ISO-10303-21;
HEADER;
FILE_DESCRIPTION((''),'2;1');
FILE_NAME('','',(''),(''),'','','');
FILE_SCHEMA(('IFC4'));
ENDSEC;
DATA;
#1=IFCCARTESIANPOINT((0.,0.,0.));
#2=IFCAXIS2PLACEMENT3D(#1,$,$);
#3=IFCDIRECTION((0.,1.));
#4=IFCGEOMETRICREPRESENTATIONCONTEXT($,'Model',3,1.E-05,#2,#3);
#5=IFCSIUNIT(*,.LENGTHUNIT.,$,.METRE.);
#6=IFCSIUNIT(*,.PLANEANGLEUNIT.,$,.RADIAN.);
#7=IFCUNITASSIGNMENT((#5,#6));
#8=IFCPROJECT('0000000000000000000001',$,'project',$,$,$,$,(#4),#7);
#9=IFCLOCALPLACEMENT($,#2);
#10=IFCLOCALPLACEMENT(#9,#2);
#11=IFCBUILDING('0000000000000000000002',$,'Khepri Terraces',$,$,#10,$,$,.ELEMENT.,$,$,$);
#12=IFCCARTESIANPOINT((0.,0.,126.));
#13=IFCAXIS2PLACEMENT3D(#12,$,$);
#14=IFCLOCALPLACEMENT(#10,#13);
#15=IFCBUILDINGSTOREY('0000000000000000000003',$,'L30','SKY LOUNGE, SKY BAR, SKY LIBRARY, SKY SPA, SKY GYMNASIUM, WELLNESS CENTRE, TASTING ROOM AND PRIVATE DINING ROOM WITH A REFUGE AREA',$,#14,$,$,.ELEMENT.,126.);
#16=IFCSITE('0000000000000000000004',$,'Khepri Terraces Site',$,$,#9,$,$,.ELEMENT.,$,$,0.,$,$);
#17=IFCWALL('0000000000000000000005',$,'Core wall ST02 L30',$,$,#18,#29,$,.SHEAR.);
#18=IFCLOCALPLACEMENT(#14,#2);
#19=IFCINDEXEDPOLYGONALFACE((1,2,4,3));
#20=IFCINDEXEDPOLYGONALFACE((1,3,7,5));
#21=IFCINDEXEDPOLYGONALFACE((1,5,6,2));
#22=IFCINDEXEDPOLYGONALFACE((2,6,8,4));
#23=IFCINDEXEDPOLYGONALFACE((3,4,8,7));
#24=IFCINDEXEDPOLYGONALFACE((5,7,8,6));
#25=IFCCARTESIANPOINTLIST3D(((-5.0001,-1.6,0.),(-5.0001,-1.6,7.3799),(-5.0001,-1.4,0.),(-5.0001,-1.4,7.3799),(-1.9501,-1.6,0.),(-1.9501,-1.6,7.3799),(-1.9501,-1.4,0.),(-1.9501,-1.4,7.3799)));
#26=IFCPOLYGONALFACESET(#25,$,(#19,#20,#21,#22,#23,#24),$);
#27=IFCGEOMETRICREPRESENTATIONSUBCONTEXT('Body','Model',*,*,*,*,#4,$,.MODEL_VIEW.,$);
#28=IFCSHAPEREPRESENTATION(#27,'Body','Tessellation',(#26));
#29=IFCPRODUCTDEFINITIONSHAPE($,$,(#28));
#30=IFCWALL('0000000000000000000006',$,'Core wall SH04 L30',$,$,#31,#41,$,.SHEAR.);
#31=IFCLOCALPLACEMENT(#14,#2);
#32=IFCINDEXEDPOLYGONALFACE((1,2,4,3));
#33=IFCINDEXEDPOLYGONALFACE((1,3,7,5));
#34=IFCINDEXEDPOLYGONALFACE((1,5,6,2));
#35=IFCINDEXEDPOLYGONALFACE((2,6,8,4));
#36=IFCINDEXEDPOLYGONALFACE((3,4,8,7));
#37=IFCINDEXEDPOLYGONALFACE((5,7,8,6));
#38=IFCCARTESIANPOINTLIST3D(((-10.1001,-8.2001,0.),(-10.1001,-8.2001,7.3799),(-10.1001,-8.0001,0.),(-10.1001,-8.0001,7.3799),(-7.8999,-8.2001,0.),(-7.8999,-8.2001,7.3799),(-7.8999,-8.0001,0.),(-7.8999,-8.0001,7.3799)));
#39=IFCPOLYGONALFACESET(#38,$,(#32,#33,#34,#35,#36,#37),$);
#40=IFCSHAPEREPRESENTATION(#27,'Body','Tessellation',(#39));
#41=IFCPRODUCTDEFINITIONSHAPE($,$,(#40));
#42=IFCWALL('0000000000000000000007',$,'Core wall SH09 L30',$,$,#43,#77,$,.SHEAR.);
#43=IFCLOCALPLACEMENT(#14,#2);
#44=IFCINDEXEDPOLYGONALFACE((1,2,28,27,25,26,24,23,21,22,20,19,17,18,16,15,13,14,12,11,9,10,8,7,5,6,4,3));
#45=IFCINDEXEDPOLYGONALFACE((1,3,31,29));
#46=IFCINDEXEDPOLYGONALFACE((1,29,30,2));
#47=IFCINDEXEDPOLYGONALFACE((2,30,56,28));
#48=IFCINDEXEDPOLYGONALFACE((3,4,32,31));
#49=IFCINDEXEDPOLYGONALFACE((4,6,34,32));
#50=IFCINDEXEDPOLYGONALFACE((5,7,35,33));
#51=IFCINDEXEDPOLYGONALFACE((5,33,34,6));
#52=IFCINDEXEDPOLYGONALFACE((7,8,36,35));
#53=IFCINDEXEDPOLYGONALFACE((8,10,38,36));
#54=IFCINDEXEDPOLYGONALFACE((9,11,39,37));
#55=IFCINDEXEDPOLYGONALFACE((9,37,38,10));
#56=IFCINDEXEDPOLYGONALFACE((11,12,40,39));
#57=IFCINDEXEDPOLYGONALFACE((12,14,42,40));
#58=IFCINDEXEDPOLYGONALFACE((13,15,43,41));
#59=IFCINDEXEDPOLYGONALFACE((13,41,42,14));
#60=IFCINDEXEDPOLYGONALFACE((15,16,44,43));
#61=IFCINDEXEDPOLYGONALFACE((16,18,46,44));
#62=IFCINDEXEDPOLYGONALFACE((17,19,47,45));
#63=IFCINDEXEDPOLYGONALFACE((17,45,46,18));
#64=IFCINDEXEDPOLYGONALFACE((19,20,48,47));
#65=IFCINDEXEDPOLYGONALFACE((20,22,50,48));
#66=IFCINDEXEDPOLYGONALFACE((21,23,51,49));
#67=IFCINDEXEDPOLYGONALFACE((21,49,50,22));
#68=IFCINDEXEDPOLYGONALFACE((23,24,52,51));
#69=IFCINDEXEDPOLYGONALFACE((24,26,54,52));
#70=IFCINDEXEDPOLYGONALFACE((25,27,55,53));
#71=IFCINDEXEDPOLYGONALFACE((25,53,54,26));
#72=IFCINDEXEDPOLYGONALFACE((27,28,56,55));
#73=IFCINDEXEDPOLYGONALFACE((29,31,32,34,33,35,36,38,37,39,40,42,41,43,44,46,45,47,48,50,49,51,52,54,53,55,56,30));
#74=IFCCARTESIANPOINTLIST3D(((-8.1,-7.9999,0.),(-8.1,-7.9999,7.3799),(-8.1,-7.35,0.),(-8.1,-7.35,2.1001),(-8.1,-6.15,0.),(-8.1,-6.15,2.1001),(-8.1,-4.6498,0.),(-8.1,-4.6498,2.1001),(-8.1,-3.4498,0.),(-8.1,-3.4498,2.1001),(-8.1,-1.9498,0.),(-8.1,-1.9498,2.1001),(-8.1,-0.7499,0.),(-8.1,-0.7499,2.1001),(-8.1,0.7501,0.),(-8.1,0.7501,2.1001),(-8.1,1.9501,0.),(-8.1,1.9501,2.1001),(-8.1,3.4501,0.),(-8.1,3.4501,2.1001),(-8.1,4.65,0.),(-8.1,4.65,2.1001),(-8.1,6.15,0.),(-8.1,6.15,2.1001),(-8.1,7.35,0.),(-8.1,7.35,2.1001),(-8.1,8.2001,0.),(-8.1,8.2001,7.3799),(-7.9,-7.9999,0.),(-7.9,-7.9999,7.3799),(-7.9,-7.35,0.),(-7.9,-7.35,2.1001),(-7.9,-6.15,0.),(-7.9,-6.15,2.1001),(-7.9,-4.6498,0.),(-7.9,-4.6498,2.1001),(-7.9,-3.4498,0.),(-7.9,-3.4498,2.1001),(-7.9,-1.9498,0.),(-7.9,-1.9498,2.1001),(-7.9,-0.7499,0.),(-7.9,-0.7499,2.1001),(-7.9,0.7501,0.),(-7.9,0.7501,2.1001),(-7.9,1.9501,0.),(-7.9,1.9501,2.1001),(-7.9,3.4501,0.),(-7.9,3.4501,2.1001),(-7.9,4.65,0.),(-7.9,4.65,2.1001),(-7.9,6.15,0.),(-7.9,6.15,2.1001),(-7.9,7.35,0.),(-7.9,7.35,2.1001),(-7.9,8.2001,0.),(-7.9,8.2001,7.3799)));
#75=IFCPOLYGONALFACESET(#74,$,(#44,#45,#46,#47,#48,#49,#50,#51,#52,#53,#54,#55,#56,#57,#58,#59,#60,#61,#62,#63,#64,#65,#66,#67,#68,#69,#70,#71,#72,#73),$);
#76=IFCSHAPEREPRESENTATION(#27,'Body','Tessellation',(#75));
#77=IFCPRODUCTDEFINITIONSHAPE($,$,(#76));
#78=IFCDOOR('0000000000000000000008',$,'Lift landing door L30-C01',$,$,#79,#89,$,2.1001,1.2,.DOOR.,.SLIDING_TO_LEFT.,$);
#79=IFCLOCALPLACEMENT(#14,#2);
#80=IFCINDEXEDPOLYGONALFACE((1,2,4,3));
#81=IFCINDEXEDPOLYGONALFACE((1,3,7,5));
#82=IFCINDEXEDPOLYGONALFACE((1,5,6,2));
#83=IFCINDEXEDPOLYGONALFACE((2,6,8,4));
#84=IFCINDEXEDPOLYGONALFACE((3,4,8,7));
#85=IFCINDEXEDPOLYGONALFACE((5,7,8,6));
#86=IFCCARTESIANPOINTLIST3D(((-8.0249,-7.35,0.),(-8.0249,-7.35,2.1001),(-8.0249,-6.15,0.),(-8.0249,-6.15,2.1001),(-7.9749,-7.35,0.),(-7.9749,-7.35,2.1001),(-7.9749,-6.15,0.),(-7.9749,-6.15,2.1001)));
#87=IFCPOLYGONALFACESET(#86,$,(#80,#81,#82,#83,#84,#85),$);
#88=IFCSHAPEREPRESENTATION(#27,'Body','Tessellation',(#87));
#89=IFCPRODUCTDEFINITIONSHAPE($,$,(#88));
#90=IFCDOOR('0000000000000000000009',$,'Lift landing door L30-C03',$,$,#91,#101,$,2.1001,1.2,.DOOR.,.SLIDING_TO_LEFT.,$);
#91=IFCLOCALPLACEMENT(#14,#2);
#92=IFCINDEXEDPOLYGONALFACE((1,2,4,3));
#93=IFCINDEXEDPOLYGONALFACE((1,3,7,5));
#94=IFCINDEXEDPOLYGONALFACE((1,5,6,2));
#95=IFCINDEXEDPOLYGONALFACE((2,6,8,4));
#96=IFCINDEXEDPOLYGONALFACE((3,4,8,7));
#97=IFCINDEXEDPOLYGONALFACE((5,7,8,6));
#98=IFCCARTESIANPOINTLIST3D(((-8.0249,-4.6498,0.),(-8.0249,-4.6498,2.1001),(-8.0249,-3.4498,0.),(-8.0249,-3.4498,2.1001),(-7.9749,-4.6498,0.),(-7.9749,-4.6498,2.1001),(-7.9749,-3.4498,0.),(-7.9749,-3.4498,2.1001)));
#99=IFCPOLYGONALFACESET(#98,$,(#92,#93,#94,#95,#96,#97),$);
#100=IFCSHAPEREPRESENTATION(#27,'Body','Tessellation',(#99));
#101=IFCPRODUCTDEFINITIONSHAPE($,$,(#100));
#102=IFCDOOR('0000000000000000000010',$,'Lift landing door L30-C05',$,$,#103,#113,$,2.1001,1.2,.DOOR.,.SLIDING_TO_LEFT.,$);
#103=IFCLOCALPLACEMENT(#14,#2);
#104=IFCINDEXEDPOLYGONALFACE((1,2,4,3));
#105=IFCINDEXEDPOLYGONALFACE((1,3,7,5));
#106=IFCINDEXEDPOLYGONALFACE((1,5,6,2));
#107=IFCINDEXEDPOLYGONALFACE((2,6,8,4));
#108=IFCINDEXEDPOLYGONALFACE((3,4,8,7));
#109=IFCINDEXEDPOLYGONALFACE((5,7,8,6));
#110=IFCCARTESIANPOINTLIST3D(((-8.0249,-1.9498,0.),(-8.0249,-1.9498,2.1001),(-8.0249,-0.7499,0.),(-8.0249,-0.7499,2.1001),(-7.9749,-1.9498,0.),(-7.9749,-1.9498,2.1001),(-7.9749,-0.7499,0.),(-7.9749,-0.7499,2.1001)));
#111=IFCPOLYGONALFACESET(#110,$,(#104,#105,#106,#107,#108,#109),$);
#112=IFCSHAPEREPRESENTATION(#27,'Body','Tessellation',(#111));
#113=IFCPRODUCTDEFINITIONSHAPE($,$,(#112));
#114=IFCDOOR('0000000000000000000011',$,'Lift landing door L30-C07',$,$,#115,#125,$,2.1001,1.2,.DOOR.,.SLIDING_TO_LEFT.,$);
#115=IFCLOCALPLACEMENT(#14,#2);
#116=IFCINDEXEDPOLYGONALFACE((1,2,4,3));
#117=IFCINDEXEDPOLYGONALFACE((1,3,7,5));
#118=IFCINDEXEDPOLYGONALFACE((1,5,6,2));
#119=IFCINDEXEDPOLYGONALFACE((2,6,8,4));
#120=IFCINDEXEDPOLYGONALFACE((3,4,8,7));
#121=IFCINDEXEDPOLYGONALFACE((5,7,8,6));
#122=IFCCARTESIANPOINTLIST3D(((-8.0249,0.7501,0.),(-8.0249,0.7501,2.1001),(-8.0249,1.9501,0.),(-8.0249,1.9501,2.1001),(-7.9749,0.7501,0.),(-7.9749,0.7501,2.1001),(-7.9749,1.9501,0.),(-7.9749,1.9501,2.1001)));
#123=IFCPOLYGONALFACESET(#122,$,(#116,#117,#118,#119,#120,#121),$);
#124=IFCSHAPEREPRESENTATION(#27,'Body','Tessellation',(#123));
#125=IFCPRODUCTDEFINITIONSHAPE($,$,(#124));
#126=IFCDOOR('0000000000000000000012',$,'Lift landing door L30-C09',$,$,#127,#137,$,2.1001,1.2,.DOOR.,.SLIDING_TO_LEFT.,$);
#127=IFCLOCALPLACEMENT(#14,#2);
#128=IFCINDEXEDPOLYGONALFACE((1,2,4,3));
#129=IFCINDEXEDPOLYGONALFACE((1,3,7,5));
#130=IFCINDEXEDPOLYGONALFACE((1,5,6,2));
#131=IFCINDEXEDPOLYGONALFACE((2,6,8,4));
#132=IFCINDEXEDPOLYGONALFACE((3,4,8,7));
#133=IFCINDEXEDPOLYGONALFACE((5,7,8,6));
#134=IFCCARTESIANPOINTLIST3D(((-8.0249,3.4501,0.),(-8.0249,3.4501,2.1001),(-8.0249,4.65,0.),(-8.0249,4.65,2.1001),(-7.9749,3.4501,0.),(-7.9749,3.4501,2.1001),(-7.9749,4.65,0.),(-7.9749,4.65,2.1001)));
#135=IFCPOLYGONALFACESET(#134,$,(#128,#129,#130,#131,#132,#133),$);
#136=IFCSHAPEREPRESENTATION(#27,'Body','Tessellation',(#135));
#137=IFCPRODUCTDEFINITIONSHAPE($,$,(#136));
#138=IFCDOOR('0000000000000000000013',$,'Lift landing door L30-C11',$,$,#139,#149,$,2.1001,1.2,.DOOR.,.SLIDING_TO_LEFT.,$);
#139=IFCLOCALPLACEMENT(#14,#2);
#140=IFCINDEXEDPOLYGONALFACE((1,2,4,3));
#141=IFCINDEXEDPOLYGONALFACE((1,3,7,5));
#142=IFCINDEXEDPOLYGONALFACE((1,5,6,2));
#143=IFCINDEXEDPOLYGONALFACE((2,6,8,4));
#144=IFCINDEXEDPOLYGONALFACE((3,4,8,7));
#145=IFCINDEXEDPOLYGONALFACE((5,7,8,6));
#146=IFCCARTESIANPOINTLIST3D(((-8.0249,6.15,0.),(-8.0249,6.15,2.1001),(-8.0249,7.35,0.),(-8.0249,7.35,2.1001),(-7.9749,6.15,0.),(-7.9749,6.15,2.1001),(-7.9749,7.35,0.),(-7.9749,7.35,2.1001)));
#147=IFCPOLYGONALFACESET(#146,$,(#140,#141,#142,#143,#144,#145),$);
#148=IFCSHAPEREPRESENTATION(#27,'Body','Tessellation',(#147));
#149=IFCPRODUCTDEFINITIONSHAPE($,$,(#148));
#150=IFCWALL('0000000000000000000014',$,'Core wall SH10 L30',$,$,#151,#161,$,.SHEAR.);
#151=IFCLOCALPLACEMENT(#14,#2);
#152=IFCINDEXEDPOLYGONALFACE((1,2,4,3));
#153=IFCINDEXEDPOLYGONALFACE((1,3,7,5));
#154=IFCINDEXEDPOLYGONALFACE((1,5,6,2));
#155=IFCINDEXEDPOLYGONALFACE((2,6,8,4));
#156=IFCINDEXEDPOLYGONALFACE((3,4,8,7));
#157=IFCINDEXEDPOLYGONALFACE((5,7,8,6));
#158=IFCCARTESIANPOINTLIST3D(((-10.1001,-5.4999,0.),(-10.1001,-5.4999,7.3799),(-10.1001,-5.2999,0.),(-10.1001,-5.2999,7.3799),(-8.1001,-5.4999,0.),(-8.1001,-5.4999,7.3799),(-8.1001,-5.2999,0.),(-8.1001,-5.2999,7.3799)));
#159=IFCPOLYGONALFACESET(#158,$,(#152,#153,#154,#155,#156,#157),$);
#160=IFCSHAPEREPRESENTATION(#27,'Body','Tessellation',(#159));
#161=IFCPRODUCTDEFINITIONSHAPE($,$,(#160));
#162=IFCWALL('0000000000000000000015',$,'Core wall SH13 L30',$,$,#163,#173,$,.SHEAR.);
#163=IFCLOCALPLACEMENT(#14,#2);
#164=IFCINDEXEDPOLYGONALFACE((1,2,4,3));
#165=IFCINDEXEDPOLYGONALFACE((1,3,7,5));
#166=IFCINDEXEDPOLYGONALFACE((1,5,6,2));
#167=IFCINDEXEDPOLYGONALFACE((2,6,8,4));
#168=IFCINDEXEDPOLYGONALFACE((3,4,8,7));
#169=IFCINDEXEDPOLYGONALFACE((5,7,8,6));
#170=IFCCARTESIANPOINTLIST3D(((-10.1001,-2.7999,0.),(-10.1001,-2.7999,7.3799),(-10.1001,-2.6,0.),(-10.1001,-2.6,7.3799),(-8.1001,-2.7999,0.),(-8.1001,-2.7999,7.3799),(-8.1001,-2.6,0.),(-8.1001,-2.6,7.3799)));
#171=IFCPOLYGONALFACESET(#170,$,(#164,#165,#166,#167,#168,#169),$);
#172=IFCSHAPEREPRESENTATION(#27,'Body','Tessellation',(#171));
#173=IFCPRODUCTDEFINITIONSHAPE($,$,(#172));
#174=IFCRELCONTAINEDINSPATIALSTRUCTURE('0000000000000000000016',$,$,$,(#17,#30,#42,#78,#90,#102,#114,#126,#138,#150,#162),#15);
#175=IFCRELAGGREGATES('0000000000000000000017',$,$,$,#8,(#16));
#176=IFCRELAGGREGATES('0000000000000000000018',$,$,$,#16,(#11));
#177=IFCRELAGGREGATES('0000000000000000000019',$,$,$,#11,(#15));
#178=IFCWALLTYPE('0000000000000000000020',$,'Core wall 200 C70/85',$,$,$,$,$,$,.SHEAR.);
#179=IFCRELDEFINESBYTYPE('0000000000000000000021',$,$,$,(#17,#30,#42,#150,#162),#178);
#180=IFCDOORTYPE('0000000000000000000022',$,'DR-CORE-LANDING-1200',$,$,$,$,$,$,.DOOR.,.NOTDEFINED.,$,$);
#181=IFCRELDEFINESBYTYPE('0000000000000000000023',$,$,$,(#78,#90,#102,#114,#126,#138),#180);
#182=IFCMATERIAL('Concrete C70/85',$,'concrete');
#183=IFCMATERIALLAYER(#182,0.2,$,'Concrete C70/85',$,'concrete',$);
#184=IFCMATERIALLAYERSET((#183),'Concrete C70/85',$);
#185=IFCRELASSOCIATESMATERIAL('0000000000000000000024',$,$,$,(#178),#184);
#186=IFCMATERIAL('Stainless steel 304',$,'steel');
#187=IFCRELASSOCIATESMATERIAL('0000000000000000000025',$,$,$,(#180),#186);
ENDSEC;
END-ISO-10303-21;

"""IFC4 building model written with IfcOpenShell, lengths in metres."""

from ifc_helpers import new_model, si_unit, direction, frame, frame_2d, origin, place, context, subcontext, project, spatial, rectangle, extrude, material, layer, layer_set, type_object, element, fill, save


model = new_model("IFC4")

# Units and contexts
model_context = context("Model", 3, precision=1e-05, world=origin(), true_north=direction((0.0, 1.0)))
body_context = subcontext(model_context, "Body", "Model", "MODEL_VIEW")
ifc_project = project(units=[si_unit("LENGTHUNIT", "METRE"), si_unit("PLANEANGLEUNIT", "RADIAN")], contexts=[model_context])

# Site, building, storey
site_placement = place(None, origin())
site = spatial("IfcSite", under=ifc_project, at=site_placement, Name="Khepri Terraces Site", CompositionType="ELEMENT", RefElevation=0.0)
building_placement = place(site_placement, origin())
building = spatial("IfcBuilding", under=site, at=building_placement, Name="Khepri Terraces", CompositionType="ELEMENT")
storey_placement = place(building_placement, frame((0.0, 0.0, 126.0)))
storey = spatial("IfcBuildingStorey", under=building, at=storey_placement, Name="L30", Description="SKY LOUNGE, SKY BAR, SKY LIBRARY, SKY SPA, SKY GYMNASIUM, WELLNESS CENTRE, TASTING ROOM AND PRIVATE DINING ROOM WITH A REFUGE AREA", CompositionType="ELEMENT", Elevation=126.0)

# Walls
ifc_material_1 = material(Name="Concrete C70/85", Category="concrete")
ifc_layer_1 = layer(ifc_material_1, 0.2, Name="Concrete C70/85", Category="concrete")
ifc_layer_set_1 = layer_set([ifc_layer_1], Name="Concrete C70/85")
wall_type_1 = type_object("IfcWallType", Name="Core wall 200 C70/85", PredefinedType="SHEAR", material=ifc_layer_set_1)
wall_1_placement = place(storey_placement, frame((-5.0, -1.5, 0.0), z_axis=(0.0, 0.0, 1.0), x_axis=(1.0, 0.0, 0.0)))
element("IfcWall", 1, at=wall_1_placement, inside=storey, type_object=wall_type_1, Name="Core wall ST02 L30", PredefinedType="SHEAR", context=body_context, shape_type="SweptSolid", body=[
    extrude(rectangle(XDim=3.05, YDim=0.2, at=frame_2d((1.5249, 0.0))), origin(), (0.0, 0.0, 1.0), 7.3799),
])
wall_2_placement = place(storey_placement, frame((-10.1001, -8.1001, 0.0), z_axis=(0.0, 0.0, 1.0), x_axis=(1.0, 0.0, 0.0)))
element("IfcWall", 2, at=wall_2_placement, inside=storey, type_object=wall_type_1, Name="Core wall SH04 L30", PredefinedType="SHEAR", context=body_context, shape_type="SweptSolid", body=[
    extrude(rectangle(XDim=2.2002, YDim=0.2, at=frame_2d((1.1001, 0.0))), origin(), (0.0, 0.0, 1.0), 7.3799),
])

# Wall, openings, doors
wall_3_placement = place(storey_placement, frame((-8.0, -8.0, 0.0), z_axis=(0.0, 0.0, 1.0), x_axis=(0.0, 1.0, 0.0)))
wall_3 = element("IfcWall", 3, at=wall_3_placement, inside=storey, type_object=wall_type_1, Name="Core wall SH09 L30", PredefinedType="SHEAR", context=body_context, shape_type="SweptSolid", body=[
    extrude(rectangle(XDim=16.2, YDim=0.2, at=frame_2d((8.1001, 0.0))), origin(), (0.0, 0.0, 1.0), 7.3799),
])
opening_1_placement = place(wall_3_placement, frame((0.6499, 0.0, 0.0)))
opening_1 = element("IfcOpeningElement", 4, at=opening_1_placement, cuts=wall_3, PredefinedType="OPENING", context=body_context, shape_type="SweptSolid", body=[
    extrude(rectangle(XDim=1.2, YDim=2.1001, at=frame_2d((0.6001, 1.05))), frame((0.0, 0.1099, 0.0), z_axis=(0.0, -1.0, 0.0), x_axis=(1.0, 0.0, 0.0)), (0.0, 0.0, 1.0), 0.22),
])
opening_2_placement = place(wall_3_placement, frame((3.3501, 0.0, 0.0)))
opening_2 = element("IfcOpeningElement", 5, at=opening_2_placement, cuts=wall_3, PredefinedType="OPENING", context=body_context, shape_type="SweptSolid", body=[
    extrude(rectangle(XDim=1.2, YDim=2.1001, at=frame_2d((0.6001, 1.05))), frame((0.0, 0.1099, 0.0), z_axis=(0.0, -1.0, 0.0), x_axis=(1.0, 0.0, 0.0)), (0.0, 0.0, 1.0), 0.22),
])
opening_3_placement = place(wall_3_placement, frame((6.05, 0.0, 0.0)))
opening_3 = element("IfcOpeningElement", 6, at=opening_3_placement, cuts=wall_3, PredefinedType="OPENING", context=body_context, shape_type="SweptSolid", body=[
    extrude(rectangle(XDim=1.2, YDim=2.1001, at=frame_2d((0.6001, 1.05))), frame((0.0, 0.1099, 0.0), z_axis=(0.0, -1.0, 0.0), x_axis=(1.0, 0.0, 0.0)), (0.0, 0.0, 1.0), 0.22),
])
opening_4_placement = place(wall_3_placement, frame((8.75, 0.0, 0.0)))
opening_4 = element("IfcOpeningElement", 7, at=opening_4_placement, cuts=wall_3, PredefinedType="OPENING", context=body_context, shape_type="SweptSolid", body=[
    extrude(rectangle(XDim=1.2, YDim=2.1001, at=frame_2d((0.6001, 1.05))), frame((0.0, 0.1099, 0.0), z_axis=(0.0, -1.0, 0.0), x_axis=(1.0, 0.0, 0.0)), (0.0, 0.0, 1.0), 0.22),
])
opening_5_placement = place(wall_3_placement, frame((11.45, 0.0, 0.0)))
opening_5 = element("IfcOpeningElement", 8, at=opening_5_placement, cuts=wall_3, PredefinedType="OPENING", context=body_context, shape_type="SweptSolid", body=[
    extrude(rectangle(XDim=1.2, YDim=2.1001, at=frame_2d((0.6001, 1.05))), frame((0.0, 0.1099, 0.0), z_axis=(0.0, -1.0, 0.0), x_axis=(1.0, 0.0, 0.0)), (0.0, 0.0, 1.0), 0.22),
])
opening_6_placement = place(wall_3_placement, frame((14.1499, 0.0, 0.0)))
opening_6 = element("IfcOpeningElement", 9, at=opening_6_placement, cuts=wall_3, PredefinedType="OPENING", context=body_context, shape_type="SweptSolid", body=[
    extrude(rectangle(XDim=1.2, YDim=2.1001, at=frame_2d((0.6001, 1.05))), frame((0.0, 0.1099, 0.0), z_axis=(0.0, -1.0, 0.0), x_axis=(1.0, 0.0, 0.0)), (0.0, 0.0, 1.0), 0.22),
])
ifc_material_2 = material(Name="Stainless steel 304", Category="steel")
door_type_1 = type_object("IfcDoorType", Name="DR-CORE-LANDING-1200", OperationType="NOTDEFINED", PredefinedType="DOOR", material=ifc_material_2)
door_1_placement = place(opening_1_placement, origin())
door_1 = element("IfcDoor", 10, at=door_1_placement, inside=storey, type_object=door_type_1, Name="Lift landing door L30-C01", OperationType="SLIDING_TO_LEFT", OverallHeight=2.1001, OverallWidth=1.2, PredefinedType="DOOR", context=body_context, shape_type="SweptSolid", body=[
    extrude(rectangle(XDim=1.2, YDim=2.1001, at=frame_2d((0.6001, 1.05))), frame((0.0, 0.0249, 0.0), z_axis=(0.0, -1.0, 0.0), x_axis=(1.0, 0.0, 0.0)), (0.0, 0.0, 1.0), 0.05),
])
fill(opening_1, door_1)
door_2_placement = place(opening_2_placement, origin())
door_2 = element("IfcDoor", 11, at=door_2_placement, inside=storey, type_object=door_type_1, Name="Lift landing door L30-C03", OperationType="SLIDING_TO_LEFT", OverallHeight=2.1001, OverallWidth=1.2, PredefinedType="DOOR", context=body_context, shape_type="SweptSolid", body=[
    extrude(rectangle(XDim=1.2, YDim=2.1001, at=frame_2d((0.6001, 1.05))), frame((0.0, 0.0249, 0.0), z_axis=(0.0, -1.0, 0.0), x_axis=(1.0, 0.0, 0.0)), (0.0, 0.0, 1.0), 0.05),
])
fill(opening_2, door_2)
door_3_placement = place(opening_3_placement, origin())
door_3 = element("IfcDoor", 12, at=door_3_placement, inside=storey, type_object=door_type_1, Name="Lift landing door L30-C05", OperationType="SLIDING_TO_LEFT", OverallHeight=2.1001, OverallWidth=1.2, PredefinedType="DOOR", context=body_context, shape_type="SweptSolid", body=[
    extrude(rectangle(XDim=1.2, YDim=2.1001, at=frame_2d((0.6001, 1.05))), frame((0.0, 0.0249, 0.0), z_axis=(0.0, -1.0, 0.0), x_axis=(1.0, 0.0, 0.0)), (0.0, 0.0, 1.0), 0.05),
])
fill(opening_3, door_3)
door_4_placement = place(opening_4_placement, origin())
door_4 = element("IfcDoor", 13, at=door_4_placement, inside=storey, type_object=door_type_1, Name="Lift landing door L30-C07", OperationType="SLIDING_TO_LEFT", OverallHeight=2.1001, OverallWidth=1.2, PredefinedType="DOOR", context=body_context, shape_type="SweptSolid", body=[
    extrude(rectangle(XDim=1.2, YDim=2.1001, at=frame_2d((0.6001, 1.05))), frame((0.0, 0.0249, 0.0), z_axis=(0.0, -1.0, 0.0), x_axis=(1.0, 0.0, 0.0)), (0.0, 0.0, 1.0), 0.05),
])
fill(opening_4, door_4)
door_5_placement = place(opening_5_placement, origin())
door_5 = element("IfcDoor", 14, at=door_5_placement, inside=storey, type_object=door_type_1, Name="Lift landing door L30-C09", OperationType="SLIDING_TO_LEFT", OverallHeight=2.1001, OverallWidth=1.2, PredefinedType="DOOR", context=body_context, shape_type="SweptSolid", body=[
    extrude(rectangle(XDim=1.2, YDim=2.1001, at=frame_2d((0.6001, 1.05))), frame((0.0, 0.0249, 0.0), z_axis=(0.0, -1.0, 0.0), x_axis=(1.0, 0.0, 0.0)), (0.0, 0.0, 1.0), 0.05),
])
fill(opening_5, door_5)
door_6_placement = place(opening_6_placement, origin())
door_6 = element("IfcDoor", 15, at=door_6_placement, inside=storey, type_object=door_type_1, Name="Lift landing door L30-C11", OperationType="SLIDING_TO_LEFT", OverallHeight=2.1001, OverallWidth=1.2, PredefinedType="DOOR", context=body_context, shape_type="SweptSolid", body=[
    extrude(rectangle(XDim=1.2, YDim=2.1001, at=frame_2d((0.6001, 1.05))), frame((0.0, 0.0249, 0.0), z_axis=(0.0, -1.0, 0.0), x_axis=(1.0, 0.0, 0.0)), (0.0, 0.0, 1.0), 0.05),
])
fill(opening_6, door_6)

# Walls
for number, where, z_axis, x_axis, name in (
    (16, (-10.1001, -5.3999, 0.0), (0.0, 0.0, 1.0), (1.0, 0.0, 0.0), "Core wall SH10 L30"),
    (17, (-10.1001, -2.7, 0.0), (0.0, 0.0, 1.0), (1.0, 0.0, 0.0), "Core wall SH13 L30"),
):
    element("IfcWall", number, at=place(storey_placement, frame(where, z_axis=z_axis, x_axis=x_axis)), inside=storey, type_object=wall_type_1, Name=name, PredefinedType="SHEAR", context=body_context, shape_type="SweptSolid", body=[
        extrude(rectangle(XDim=2.0, YDim=0.2, at=frame_2d((1.0, 0.0))), origin(), (0.0, 0.0, 1.0), 7.3799),
    ])

save(model, "model.ifc")
